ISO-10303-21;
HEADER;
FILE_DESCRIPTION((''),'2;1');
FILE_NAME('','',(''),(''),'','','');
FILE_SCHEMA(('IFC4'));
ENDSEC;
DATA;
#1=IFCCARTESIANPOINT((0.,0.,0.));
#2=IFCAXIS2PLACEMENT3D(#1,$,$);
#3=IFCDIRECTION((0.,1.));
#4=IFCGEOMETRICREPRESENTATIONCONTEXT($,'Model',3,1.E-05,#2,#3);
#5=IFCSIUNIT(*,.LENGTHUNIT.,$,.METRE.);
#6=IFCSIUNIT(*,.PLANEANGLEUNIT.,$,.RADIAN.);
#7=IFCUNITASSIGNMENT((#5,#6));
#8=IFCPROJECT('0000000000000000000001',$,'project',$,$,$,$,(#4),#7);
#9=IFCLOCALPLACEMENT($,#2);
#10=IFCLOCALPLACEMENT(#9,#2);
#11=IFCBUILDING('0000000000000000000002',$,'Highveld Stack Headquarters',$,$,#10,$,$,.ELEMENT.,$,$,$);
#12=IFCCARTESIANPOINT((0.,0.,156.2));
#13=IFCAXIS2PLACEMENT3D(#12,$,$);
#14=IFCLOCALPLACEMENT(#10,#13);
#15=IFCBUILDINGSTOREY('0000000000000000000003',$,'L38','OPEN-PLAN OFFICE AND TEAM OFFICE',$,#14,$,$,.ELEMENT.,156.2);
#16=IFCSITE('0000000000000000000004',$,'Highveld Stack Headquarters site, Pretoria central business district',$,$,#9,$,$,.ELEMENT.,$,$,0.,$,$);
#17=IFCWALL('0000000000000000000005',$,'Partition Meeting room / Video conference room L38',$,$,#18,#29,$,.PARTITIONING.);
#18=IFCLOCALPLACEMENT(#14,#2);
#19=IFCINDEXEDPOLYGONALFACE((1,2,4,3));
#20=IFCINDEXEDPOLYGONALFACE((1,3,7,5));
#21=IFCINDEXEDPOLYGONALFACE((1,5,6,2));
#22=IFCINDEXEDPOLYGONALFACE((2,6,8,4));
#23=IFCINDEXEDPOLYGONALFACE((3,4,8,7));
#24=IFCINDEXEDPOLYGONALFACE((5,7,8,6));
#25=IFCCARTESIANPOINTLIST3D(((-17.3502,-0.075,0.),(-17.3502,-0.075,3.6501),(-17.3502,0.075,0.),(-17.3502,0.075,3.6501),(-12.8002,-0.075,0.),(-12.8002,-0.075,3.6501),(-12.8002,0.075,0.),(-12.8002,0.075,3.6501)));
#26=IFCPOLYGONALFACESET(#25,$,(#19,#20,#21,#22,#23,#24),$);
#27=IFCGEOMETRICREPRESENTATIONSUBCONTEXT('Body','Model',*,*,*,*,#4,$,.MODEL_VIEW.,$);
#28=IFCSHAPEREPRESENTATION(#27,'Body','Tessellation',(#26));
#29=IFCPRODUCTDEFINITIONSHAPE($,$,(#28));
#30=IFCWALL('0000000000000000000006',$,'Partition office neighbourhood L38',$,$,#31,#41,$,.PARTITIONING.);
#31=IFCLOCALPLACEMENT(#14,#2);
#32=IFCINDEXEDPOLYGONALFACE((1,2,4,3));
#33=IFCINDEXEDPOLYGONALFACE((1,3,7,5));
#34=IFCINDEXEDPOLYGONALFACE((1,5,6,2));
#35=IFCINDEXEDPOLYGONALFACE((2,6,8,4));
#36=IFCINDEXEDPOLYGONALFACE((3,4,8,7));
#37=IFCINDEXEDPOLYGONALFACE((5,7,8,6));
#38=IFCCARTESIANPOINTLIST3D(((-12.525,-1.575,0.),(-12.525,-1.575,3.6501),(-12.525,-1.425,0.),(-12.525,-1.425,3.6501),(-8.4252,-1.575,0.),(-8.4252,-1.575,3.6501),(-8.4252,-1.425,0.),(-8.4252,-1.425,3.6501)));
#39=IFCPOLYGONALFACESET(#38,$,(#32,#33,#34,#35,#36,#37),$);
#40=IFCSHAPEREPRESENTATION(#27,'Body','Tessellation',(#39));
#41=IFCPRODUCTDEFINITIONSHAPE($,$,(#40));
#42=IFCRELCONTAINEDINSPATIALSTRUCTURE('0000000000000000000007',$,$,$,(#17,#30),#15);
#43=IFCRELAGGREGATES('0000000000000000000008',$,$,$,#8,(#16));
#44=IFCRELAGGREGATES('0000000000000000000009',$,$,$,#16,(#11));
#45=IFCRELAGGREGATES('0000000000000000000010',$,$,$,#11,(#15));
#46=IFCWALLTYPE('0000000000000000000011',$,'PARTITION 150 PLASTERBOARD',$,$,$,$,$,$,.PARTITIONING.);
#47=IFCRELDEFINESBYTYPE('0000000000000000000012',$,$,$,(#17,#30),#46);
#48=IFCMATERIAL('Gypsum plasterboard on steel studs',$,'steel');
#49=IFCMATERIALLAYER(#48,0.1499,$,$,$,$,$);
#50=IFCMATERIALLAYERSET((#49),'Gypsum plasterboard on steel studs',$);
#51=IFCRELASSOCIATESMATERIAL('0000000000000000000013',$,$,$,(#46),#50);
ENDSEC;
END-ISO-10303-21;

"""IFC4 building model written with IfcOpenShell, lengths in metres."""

from ifc_helpers import new_model, si_unit, direction, frame, frame_2d, origin, place, context, subcontext, project, spatial, rectangle, extrude, material, layer, layer_set, type_object, element, save


model = new_model("IFC4")

# Units and contexts
model_context = context("Model", 3, precision=1e-05, world=origin(), true_north=direction((0.0, 1.0)))
body_context = subcontext(model_context, "Body", "Model", "MODEL_VIEW")
ifc_project = project(units=[si_unit("LENGTHUNIT", "METRE"), si_unit("PLANEANGLEUNIT", "RADIAN")], contexts=[model_context])

# Site, building, storey
site_placement = place(None, origin())
site = spatial("IfcSite", under=ifc_project, at=site_placement, Name="Highveld Stack Headquarters site, Pretoria central business district", CompositionType="ELEMENT", RefElevation=0.0)
building_placement = place(site_placement, origin())
building = spatial("IfcBuilding", under=site, at=building_placement, Name="Highveld Stack Headquarters", CompositionType="ELEMENT")
storey_placement = place(building_placement, frame((0.0, 0.0, 156.2)))
storey = spatial("IfcBuildingStorey", under=building, at=storey_placement, Name="L38", Description="OPEN-PLAN OFFICE AND TEAM OFFICE", CompositionType="ELEMENT", Elevation=156.2)

# Walls
ifc_material_1 = material(Name="Gypsum plasterboard on steel studs", Category="steel")
ifc_layer_1 = layer(ifc_material_1, 0.1499)
ifc_layer_set_1 = layer_set([ifc_layer_1], Name="Gypsum plasterboard on steel studs")
wall_type_1 = type_object("IfcWallType", Name="PARTITION 150 PLASTERBOARD", PredefinedType="PARTITIONING", material=ifc_layer_set_1)
wall_1_placement = place(storey_placement, frame((-17.3501, 0.0, 0.0), z_axis=(0.0, 0.0, 1.0), x_axis=(1.0, 0.0, 0.0)))
element("IfcWall", 1, at=wall_1_placement, inside=storey, type_object=wall_type_1, Name="Partition Meeting room / Video conference room L38", PredefinedType="PARTITIONING", context=body_context, shape_type="SweptSolid", body=[
    extrude(rectangle(XDim=4.55, YDim=0.1499, at=frame_2d((2.2749, 0.0))), origin(), (0.0, 0.0, 1.0), 3.6501),
])
wall_2_placement = place(storey_placement, frame((-12.5249, -1.5, 0.0), z_axis=(0.0, 0.0, 1.0), x_axis=(1.0, 0.0, 0.0)))
element("IfcWall", 2, at=wall_2_placement, inside=storey, type_object=wall_type_1, Name="Partition office neighbourhood L38", PredefinedType="PARTITIONING", context=body_context, shape_type="SweptSolid", body=[
    extrude(rectangle(XDim=4.0999, YDim=0.1499, at=frame_2d((2.0498, 0.0))), origin(), (0.0, 0.0, 1.0), 3.6501),
])

save(model, "model.ifc")
